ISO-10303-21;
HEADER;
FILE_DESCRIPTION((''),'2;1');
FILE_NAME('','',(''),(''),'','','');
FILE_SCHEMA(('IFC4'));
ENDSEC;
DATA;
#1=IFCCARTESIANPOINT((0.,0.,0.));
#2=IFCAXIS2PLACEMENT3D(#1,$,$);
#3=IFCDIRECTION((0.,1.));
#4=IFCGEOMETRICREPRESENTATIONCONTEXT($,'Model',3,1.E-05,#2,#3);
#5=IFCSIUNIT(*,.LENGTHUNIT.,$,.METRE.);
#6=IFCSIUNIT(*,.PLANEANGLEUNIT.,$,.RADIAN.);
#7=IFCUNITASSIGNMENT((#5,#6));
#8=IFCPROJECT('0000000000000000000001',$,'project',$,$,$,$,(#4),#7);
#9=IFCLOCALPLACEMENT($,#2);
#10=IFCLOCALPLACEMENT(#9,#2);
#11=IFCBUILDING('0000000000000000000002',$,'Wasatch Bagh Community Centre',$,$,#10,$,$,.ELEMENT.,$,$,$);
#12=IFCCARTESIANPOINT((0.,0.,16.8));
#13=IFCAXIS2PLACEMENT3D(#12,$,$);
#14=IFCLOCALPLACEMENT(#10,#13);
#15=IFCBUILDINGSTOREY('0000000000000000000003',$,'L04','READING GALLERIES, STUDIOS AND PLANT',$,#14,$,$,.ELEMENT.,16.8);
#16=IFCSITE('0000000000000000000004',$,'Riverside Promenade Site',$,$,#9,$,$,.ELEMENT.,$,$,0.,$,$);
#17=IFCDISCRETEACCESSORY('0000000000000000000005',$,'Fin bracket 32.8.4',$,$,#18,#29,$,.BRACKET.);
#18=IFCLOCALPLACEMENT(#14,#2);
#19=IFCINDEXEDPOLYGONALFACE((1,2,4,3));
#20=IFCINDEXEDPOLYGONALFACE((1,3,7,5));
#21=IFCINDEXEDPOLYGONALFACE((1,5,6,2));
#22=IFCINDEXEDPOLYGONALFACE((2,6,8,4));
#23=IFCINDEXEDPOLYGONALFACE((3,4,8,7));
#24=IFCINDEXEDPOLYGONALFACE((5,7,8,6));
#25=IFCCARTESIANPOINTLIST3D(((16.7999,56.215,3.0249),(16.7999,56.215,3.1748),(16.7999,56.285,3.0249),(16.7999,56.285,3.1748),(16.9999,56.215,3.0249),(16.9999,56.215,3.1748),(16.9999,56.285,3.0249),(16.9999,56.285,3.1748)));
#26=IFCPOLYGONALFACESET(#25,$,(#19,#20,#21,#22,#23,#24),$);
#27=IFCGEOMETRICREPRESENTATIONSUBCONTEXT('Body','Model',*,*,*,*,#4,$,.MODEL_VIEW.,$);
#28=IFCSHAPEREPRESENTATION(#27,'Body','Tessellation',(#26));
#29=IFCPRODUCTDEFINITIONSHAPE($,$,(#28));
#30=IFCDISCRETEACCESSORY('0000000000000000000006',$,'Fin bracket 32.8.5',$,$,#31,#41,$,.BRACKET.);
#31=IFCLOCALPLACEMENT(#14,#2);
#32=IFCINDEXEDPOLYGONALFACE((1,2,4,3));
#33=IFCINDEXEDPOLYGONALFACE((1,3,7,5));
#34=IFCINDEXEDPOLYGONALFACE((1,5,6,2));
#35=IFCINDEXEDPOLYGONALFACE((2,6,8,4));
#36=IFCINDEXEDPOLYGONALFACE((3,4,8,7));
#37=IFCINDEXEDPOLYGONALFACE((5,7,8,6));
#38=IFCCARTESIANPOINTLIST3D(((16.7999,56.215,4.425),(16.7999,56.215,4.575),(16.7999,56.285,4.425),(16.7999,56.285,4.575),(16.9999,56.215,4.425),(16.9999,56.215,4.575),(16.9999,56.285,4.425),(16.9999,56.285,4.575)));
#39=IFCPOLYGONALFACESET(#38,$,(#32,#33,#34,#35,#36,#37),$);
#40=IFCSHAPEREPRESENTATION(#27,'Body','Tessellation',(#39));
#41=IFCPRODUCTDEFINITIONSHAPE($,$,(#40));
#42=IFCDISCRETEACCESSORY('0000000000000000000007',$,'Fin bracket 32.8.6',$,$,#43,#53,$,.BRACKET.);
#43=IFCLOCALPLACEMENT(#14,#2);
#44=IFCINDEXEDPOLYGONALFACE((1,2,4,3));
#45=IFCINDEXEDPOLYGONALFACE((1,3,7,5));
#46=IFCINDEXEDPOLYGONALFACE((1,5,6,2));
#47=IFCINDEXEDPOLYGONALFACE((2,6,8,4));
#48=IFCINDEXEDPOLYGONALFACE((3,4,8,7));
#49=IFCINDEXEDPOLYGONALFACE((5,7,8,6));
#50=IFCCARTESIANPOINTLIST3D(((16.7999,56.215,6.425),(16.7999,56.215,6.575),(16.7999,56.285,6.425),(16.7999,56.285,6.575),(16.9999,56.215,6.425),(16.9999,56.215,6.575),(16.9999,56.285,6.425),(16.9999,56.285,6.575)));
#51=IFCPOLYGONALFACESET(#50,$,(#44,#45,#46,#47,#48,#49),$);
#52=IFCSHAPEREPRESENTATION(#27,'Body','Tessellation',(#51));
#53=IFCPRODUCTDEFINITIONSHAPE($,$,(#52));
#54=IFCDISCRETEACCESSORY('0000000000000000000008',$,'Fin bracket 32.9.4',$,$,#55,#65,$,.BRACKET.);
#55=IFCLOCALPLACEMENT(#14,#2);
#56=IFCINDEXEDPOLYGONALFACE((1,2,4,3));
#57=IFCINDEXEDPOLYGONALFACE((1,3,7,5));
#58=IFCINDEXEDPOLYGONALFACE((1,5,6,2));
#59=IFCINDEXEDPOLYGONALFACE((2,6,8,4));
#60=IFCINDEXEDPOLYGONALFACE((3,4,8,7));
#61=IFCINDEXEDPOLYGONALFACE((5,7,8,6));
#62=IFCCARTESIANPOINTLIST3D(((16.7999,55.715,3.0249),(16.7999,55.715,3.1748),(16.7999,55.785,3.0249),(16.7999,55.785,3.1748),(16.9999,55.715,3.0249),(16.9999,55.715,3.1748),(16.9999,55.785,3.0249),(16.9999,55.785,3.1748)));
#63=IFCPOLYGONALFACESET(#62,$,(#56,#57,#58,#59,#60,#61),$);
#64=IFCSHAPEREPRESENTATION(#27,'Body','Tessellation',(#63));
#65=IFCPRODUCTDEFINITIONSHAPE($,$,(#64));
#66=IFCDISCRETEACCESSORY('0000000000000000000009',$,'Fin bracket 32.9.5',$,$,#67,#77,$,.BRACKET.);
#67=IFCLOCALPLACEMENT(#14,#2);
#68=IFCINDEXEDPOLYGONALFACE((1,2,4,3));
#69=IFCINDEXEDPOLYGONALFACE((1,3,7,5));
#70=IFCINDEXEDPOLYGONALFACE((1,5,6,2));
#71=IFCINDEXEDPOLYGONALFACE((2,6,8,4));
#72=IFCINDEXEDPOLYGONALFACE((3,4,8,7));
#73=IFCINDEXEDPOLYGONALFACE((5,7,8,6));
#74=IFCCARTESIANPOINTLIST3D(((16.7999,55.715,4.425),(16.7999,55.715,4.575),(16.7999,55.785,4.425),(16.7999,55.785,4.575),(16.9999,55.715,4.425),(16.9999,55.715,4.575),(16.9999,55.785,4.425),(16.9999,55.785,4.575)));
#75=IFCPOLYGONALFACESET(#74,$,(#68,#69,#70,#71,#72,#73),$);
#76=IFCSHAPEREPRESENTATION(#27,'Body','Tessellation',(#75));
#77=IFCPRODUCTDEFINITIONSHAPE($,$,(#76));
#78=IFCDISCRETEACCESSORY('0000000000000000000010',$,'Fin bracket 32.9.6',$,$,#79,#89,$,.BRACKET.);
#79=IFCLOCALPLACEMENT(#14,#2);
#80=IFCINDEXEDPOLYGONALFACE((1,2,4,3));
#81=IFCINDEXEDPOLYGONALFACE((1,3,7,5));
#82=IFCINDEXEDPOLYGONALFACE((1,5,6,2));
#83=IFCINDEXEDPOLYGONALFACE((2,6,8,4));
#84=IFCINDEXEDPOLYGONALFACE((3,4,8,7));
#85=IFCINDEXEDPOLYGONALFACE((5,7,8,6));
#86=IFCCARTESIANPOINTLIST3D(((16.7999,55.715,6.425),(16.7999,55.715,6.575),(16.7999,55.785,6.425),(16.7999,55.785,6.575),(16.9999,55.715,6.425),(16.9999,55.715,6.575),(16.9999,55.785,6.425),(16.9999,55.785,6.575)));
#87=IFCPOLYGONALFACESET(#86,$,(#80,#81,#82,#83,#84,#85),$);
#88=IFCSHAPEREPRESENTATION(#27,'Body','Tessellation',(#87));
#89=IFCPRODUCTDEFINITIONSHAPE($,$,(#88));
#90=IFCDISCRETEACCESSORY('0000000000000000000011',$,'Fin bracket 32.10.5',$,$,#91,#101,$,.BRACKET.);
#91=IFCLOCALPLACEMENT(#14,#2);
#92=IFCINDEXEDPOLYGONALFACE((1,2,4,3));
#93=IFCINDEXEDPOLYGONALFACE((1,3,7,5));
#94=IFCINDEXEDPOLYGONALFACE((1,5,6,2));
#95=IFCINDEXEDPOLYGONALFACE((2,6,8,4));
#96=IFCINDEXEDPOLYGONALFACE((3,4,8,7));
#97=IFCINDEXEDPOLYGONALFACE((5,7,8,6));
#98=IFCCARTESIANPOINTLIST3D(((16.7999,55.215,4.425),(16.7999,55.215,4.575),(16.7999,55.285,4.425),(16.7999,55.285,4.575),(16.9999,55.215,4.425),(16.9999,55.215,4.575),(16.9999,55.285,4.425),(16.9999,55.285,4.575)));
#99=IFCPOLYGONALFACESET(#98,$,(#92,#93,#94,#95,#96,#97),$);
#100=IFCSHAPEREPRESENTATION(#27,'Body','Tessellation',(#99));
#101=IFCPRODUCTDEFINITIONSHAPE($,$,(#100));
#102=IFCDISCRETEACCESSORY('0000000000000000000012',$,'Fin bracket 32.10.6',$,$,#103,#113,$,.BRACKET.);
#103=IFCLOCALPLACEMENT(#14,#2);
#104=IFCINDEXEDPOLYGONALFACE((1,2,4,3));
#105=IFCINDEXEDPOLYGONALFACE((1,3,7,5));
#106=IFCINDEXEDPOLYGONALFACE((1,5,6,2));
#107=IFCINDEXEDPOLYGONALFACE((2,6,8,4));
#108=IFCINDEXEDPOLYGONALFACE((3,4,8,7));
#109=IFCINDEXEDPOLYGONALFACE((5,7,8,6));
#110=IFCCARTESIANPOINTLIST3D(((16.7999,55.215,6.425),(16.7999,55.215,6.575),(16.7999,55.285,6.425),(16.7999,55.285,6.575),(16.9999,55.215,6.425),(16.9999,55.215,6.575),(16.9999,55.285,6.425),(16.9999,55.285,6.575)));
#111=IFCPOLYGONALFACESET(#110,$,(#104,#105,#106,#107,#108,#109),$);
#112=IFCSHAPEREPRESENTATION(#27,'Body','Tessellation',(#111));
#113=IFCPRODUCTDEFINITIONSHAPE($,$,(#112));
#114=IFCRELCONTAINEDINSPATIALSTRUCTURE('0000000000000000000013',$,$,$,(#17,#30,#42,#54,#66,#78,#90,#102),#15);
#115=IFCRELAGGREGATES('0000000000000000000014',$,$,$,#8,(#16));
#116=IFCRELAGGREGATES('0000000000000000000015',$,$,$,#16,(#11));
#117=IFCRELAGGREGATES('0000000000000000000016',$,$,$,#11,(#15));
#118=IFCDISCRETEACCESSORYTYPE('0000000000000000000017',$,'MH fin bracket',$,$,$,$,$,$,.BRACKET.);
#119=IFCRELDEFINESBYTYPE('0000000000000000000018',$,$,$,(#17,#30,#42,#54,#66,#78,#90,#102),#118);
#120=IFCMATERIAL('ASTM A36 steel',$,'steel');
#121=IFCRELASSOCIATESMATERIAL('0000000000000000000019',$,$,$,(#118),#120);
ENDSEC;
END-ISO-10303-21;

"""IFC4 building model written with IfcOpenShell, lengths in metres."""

from ifc_helpers import new_model, si_unit, direction, frame, origin, origin_2d, place, context, subcontext, project, spatial, rectangle, extrude, material, type_object, element, save


model = new_model("IFC4")

# Units and contexts
model_context = context("Model", 3, precision=1e-05, world=origin(), true_north=direction((0.0, 1.0)))
body_context = subcontext(model_context, "Body", "Model", "MODEL_VIEW")
ifc_project = project(units=[si_unit("LENGTHUNIT", "METRE"), si_unit("PLANEANGLEUNIT", "RADIAN")], contexts=[model_context])

# Site, building, storey
site_placement = place(None, origin())
site = spatial("IfcSite", under=ifc_project, at=site_placement, Name="Riverside Promenade Site", CompositionType="ELEMENT", RefElevation=0.0)
building_placement = place(site_placement, origin())
building = spatial("IfcBuilding", under=site, at=building_placement, Name="Wasatch Bagh Community Centre", CompositionType="ELEMENT")
storey_placement = place(building_placement, frame((0.0, 0.0, 16.8)))
storey = spatial("IfcBuildingStorey", under=building, at=storey_placement, Name="L04", Description="READING GALLERIES, STUDIOS AND PLANT", CompositionType="ELEMENT", Elevation=16.8)

# Discrete accessories
ifc_material = material(Name="ASTM A36 steel", Category="steel")
discrete_accessory_type = type_object("IfcDiscreteAccessoryType", Name="MH fin bracket", PredefinedType="BRACKET", material=ifc_material)
for number, where, z_axis, x_axis, name in (
    (1, (16.8999, 56.25, 3.0249), (0.0, 0.0, 1.0), (0.0, -1.0, 0.0), "Fin bracket 32.8.4"),
    (2, (16.8999, 56.25, 4.425), (0.0, 0.0, 1.0), (0.0, -1.0, 0.0), "Fin bracket 32.8.5"),
    (3, (16.8999, 56.25, 6.425), (0.0, 0.0, 1.0), (0.0, -1.0, 0.0), "Fin bracket 32.8.6"),
    (4, (16.8999, 55.75, 3.0249), (0.0, 0.0, 1.0), (0.0, -1.0, 0.0), "Fin bracket 32.9.4"),
    (5, (16.8999, 55.75, 4.425), (0.0, 0.0, 1.0), (0.0, -1.0, 0.0), "Fin bracket 32.9.5"),
    (6, (16.8999, 55.75, 6.425), (0.0, 0.0, 1.0), (0.0, -1.0, 0.0), "Fin bracket 32.9.6"),
    (7, (16.8999, 55.25, 4.425), (0.0, 0.0, 1.0), (0.0, -1.0, 0.0), "Fin bracket 32.10.5"),
    (8, (16.8999, 55.25, 6.425), (0.0, 0.0, 1.0), (0.0, -1.0, 0.0), "Fin bracket 32.10.6"),
):
    element("IfcDiscreteAccessory", number, at=place(storey_placement, frame(where, z_axis=z_axis, x_axis=x_axis)), inside=storey, type_object=discrete_accessory_type, Name=name, PredefinedType="BRACKET", context=body_context, shape_type="SweptSolid", body=[
        extrude(rectangle(XDim=0.0701, YDim=0.2, at=origin_2d()), origin(), (0.0, 0.0, 1.0), 0.1499),
    ])

save(model, "model.ifc")
